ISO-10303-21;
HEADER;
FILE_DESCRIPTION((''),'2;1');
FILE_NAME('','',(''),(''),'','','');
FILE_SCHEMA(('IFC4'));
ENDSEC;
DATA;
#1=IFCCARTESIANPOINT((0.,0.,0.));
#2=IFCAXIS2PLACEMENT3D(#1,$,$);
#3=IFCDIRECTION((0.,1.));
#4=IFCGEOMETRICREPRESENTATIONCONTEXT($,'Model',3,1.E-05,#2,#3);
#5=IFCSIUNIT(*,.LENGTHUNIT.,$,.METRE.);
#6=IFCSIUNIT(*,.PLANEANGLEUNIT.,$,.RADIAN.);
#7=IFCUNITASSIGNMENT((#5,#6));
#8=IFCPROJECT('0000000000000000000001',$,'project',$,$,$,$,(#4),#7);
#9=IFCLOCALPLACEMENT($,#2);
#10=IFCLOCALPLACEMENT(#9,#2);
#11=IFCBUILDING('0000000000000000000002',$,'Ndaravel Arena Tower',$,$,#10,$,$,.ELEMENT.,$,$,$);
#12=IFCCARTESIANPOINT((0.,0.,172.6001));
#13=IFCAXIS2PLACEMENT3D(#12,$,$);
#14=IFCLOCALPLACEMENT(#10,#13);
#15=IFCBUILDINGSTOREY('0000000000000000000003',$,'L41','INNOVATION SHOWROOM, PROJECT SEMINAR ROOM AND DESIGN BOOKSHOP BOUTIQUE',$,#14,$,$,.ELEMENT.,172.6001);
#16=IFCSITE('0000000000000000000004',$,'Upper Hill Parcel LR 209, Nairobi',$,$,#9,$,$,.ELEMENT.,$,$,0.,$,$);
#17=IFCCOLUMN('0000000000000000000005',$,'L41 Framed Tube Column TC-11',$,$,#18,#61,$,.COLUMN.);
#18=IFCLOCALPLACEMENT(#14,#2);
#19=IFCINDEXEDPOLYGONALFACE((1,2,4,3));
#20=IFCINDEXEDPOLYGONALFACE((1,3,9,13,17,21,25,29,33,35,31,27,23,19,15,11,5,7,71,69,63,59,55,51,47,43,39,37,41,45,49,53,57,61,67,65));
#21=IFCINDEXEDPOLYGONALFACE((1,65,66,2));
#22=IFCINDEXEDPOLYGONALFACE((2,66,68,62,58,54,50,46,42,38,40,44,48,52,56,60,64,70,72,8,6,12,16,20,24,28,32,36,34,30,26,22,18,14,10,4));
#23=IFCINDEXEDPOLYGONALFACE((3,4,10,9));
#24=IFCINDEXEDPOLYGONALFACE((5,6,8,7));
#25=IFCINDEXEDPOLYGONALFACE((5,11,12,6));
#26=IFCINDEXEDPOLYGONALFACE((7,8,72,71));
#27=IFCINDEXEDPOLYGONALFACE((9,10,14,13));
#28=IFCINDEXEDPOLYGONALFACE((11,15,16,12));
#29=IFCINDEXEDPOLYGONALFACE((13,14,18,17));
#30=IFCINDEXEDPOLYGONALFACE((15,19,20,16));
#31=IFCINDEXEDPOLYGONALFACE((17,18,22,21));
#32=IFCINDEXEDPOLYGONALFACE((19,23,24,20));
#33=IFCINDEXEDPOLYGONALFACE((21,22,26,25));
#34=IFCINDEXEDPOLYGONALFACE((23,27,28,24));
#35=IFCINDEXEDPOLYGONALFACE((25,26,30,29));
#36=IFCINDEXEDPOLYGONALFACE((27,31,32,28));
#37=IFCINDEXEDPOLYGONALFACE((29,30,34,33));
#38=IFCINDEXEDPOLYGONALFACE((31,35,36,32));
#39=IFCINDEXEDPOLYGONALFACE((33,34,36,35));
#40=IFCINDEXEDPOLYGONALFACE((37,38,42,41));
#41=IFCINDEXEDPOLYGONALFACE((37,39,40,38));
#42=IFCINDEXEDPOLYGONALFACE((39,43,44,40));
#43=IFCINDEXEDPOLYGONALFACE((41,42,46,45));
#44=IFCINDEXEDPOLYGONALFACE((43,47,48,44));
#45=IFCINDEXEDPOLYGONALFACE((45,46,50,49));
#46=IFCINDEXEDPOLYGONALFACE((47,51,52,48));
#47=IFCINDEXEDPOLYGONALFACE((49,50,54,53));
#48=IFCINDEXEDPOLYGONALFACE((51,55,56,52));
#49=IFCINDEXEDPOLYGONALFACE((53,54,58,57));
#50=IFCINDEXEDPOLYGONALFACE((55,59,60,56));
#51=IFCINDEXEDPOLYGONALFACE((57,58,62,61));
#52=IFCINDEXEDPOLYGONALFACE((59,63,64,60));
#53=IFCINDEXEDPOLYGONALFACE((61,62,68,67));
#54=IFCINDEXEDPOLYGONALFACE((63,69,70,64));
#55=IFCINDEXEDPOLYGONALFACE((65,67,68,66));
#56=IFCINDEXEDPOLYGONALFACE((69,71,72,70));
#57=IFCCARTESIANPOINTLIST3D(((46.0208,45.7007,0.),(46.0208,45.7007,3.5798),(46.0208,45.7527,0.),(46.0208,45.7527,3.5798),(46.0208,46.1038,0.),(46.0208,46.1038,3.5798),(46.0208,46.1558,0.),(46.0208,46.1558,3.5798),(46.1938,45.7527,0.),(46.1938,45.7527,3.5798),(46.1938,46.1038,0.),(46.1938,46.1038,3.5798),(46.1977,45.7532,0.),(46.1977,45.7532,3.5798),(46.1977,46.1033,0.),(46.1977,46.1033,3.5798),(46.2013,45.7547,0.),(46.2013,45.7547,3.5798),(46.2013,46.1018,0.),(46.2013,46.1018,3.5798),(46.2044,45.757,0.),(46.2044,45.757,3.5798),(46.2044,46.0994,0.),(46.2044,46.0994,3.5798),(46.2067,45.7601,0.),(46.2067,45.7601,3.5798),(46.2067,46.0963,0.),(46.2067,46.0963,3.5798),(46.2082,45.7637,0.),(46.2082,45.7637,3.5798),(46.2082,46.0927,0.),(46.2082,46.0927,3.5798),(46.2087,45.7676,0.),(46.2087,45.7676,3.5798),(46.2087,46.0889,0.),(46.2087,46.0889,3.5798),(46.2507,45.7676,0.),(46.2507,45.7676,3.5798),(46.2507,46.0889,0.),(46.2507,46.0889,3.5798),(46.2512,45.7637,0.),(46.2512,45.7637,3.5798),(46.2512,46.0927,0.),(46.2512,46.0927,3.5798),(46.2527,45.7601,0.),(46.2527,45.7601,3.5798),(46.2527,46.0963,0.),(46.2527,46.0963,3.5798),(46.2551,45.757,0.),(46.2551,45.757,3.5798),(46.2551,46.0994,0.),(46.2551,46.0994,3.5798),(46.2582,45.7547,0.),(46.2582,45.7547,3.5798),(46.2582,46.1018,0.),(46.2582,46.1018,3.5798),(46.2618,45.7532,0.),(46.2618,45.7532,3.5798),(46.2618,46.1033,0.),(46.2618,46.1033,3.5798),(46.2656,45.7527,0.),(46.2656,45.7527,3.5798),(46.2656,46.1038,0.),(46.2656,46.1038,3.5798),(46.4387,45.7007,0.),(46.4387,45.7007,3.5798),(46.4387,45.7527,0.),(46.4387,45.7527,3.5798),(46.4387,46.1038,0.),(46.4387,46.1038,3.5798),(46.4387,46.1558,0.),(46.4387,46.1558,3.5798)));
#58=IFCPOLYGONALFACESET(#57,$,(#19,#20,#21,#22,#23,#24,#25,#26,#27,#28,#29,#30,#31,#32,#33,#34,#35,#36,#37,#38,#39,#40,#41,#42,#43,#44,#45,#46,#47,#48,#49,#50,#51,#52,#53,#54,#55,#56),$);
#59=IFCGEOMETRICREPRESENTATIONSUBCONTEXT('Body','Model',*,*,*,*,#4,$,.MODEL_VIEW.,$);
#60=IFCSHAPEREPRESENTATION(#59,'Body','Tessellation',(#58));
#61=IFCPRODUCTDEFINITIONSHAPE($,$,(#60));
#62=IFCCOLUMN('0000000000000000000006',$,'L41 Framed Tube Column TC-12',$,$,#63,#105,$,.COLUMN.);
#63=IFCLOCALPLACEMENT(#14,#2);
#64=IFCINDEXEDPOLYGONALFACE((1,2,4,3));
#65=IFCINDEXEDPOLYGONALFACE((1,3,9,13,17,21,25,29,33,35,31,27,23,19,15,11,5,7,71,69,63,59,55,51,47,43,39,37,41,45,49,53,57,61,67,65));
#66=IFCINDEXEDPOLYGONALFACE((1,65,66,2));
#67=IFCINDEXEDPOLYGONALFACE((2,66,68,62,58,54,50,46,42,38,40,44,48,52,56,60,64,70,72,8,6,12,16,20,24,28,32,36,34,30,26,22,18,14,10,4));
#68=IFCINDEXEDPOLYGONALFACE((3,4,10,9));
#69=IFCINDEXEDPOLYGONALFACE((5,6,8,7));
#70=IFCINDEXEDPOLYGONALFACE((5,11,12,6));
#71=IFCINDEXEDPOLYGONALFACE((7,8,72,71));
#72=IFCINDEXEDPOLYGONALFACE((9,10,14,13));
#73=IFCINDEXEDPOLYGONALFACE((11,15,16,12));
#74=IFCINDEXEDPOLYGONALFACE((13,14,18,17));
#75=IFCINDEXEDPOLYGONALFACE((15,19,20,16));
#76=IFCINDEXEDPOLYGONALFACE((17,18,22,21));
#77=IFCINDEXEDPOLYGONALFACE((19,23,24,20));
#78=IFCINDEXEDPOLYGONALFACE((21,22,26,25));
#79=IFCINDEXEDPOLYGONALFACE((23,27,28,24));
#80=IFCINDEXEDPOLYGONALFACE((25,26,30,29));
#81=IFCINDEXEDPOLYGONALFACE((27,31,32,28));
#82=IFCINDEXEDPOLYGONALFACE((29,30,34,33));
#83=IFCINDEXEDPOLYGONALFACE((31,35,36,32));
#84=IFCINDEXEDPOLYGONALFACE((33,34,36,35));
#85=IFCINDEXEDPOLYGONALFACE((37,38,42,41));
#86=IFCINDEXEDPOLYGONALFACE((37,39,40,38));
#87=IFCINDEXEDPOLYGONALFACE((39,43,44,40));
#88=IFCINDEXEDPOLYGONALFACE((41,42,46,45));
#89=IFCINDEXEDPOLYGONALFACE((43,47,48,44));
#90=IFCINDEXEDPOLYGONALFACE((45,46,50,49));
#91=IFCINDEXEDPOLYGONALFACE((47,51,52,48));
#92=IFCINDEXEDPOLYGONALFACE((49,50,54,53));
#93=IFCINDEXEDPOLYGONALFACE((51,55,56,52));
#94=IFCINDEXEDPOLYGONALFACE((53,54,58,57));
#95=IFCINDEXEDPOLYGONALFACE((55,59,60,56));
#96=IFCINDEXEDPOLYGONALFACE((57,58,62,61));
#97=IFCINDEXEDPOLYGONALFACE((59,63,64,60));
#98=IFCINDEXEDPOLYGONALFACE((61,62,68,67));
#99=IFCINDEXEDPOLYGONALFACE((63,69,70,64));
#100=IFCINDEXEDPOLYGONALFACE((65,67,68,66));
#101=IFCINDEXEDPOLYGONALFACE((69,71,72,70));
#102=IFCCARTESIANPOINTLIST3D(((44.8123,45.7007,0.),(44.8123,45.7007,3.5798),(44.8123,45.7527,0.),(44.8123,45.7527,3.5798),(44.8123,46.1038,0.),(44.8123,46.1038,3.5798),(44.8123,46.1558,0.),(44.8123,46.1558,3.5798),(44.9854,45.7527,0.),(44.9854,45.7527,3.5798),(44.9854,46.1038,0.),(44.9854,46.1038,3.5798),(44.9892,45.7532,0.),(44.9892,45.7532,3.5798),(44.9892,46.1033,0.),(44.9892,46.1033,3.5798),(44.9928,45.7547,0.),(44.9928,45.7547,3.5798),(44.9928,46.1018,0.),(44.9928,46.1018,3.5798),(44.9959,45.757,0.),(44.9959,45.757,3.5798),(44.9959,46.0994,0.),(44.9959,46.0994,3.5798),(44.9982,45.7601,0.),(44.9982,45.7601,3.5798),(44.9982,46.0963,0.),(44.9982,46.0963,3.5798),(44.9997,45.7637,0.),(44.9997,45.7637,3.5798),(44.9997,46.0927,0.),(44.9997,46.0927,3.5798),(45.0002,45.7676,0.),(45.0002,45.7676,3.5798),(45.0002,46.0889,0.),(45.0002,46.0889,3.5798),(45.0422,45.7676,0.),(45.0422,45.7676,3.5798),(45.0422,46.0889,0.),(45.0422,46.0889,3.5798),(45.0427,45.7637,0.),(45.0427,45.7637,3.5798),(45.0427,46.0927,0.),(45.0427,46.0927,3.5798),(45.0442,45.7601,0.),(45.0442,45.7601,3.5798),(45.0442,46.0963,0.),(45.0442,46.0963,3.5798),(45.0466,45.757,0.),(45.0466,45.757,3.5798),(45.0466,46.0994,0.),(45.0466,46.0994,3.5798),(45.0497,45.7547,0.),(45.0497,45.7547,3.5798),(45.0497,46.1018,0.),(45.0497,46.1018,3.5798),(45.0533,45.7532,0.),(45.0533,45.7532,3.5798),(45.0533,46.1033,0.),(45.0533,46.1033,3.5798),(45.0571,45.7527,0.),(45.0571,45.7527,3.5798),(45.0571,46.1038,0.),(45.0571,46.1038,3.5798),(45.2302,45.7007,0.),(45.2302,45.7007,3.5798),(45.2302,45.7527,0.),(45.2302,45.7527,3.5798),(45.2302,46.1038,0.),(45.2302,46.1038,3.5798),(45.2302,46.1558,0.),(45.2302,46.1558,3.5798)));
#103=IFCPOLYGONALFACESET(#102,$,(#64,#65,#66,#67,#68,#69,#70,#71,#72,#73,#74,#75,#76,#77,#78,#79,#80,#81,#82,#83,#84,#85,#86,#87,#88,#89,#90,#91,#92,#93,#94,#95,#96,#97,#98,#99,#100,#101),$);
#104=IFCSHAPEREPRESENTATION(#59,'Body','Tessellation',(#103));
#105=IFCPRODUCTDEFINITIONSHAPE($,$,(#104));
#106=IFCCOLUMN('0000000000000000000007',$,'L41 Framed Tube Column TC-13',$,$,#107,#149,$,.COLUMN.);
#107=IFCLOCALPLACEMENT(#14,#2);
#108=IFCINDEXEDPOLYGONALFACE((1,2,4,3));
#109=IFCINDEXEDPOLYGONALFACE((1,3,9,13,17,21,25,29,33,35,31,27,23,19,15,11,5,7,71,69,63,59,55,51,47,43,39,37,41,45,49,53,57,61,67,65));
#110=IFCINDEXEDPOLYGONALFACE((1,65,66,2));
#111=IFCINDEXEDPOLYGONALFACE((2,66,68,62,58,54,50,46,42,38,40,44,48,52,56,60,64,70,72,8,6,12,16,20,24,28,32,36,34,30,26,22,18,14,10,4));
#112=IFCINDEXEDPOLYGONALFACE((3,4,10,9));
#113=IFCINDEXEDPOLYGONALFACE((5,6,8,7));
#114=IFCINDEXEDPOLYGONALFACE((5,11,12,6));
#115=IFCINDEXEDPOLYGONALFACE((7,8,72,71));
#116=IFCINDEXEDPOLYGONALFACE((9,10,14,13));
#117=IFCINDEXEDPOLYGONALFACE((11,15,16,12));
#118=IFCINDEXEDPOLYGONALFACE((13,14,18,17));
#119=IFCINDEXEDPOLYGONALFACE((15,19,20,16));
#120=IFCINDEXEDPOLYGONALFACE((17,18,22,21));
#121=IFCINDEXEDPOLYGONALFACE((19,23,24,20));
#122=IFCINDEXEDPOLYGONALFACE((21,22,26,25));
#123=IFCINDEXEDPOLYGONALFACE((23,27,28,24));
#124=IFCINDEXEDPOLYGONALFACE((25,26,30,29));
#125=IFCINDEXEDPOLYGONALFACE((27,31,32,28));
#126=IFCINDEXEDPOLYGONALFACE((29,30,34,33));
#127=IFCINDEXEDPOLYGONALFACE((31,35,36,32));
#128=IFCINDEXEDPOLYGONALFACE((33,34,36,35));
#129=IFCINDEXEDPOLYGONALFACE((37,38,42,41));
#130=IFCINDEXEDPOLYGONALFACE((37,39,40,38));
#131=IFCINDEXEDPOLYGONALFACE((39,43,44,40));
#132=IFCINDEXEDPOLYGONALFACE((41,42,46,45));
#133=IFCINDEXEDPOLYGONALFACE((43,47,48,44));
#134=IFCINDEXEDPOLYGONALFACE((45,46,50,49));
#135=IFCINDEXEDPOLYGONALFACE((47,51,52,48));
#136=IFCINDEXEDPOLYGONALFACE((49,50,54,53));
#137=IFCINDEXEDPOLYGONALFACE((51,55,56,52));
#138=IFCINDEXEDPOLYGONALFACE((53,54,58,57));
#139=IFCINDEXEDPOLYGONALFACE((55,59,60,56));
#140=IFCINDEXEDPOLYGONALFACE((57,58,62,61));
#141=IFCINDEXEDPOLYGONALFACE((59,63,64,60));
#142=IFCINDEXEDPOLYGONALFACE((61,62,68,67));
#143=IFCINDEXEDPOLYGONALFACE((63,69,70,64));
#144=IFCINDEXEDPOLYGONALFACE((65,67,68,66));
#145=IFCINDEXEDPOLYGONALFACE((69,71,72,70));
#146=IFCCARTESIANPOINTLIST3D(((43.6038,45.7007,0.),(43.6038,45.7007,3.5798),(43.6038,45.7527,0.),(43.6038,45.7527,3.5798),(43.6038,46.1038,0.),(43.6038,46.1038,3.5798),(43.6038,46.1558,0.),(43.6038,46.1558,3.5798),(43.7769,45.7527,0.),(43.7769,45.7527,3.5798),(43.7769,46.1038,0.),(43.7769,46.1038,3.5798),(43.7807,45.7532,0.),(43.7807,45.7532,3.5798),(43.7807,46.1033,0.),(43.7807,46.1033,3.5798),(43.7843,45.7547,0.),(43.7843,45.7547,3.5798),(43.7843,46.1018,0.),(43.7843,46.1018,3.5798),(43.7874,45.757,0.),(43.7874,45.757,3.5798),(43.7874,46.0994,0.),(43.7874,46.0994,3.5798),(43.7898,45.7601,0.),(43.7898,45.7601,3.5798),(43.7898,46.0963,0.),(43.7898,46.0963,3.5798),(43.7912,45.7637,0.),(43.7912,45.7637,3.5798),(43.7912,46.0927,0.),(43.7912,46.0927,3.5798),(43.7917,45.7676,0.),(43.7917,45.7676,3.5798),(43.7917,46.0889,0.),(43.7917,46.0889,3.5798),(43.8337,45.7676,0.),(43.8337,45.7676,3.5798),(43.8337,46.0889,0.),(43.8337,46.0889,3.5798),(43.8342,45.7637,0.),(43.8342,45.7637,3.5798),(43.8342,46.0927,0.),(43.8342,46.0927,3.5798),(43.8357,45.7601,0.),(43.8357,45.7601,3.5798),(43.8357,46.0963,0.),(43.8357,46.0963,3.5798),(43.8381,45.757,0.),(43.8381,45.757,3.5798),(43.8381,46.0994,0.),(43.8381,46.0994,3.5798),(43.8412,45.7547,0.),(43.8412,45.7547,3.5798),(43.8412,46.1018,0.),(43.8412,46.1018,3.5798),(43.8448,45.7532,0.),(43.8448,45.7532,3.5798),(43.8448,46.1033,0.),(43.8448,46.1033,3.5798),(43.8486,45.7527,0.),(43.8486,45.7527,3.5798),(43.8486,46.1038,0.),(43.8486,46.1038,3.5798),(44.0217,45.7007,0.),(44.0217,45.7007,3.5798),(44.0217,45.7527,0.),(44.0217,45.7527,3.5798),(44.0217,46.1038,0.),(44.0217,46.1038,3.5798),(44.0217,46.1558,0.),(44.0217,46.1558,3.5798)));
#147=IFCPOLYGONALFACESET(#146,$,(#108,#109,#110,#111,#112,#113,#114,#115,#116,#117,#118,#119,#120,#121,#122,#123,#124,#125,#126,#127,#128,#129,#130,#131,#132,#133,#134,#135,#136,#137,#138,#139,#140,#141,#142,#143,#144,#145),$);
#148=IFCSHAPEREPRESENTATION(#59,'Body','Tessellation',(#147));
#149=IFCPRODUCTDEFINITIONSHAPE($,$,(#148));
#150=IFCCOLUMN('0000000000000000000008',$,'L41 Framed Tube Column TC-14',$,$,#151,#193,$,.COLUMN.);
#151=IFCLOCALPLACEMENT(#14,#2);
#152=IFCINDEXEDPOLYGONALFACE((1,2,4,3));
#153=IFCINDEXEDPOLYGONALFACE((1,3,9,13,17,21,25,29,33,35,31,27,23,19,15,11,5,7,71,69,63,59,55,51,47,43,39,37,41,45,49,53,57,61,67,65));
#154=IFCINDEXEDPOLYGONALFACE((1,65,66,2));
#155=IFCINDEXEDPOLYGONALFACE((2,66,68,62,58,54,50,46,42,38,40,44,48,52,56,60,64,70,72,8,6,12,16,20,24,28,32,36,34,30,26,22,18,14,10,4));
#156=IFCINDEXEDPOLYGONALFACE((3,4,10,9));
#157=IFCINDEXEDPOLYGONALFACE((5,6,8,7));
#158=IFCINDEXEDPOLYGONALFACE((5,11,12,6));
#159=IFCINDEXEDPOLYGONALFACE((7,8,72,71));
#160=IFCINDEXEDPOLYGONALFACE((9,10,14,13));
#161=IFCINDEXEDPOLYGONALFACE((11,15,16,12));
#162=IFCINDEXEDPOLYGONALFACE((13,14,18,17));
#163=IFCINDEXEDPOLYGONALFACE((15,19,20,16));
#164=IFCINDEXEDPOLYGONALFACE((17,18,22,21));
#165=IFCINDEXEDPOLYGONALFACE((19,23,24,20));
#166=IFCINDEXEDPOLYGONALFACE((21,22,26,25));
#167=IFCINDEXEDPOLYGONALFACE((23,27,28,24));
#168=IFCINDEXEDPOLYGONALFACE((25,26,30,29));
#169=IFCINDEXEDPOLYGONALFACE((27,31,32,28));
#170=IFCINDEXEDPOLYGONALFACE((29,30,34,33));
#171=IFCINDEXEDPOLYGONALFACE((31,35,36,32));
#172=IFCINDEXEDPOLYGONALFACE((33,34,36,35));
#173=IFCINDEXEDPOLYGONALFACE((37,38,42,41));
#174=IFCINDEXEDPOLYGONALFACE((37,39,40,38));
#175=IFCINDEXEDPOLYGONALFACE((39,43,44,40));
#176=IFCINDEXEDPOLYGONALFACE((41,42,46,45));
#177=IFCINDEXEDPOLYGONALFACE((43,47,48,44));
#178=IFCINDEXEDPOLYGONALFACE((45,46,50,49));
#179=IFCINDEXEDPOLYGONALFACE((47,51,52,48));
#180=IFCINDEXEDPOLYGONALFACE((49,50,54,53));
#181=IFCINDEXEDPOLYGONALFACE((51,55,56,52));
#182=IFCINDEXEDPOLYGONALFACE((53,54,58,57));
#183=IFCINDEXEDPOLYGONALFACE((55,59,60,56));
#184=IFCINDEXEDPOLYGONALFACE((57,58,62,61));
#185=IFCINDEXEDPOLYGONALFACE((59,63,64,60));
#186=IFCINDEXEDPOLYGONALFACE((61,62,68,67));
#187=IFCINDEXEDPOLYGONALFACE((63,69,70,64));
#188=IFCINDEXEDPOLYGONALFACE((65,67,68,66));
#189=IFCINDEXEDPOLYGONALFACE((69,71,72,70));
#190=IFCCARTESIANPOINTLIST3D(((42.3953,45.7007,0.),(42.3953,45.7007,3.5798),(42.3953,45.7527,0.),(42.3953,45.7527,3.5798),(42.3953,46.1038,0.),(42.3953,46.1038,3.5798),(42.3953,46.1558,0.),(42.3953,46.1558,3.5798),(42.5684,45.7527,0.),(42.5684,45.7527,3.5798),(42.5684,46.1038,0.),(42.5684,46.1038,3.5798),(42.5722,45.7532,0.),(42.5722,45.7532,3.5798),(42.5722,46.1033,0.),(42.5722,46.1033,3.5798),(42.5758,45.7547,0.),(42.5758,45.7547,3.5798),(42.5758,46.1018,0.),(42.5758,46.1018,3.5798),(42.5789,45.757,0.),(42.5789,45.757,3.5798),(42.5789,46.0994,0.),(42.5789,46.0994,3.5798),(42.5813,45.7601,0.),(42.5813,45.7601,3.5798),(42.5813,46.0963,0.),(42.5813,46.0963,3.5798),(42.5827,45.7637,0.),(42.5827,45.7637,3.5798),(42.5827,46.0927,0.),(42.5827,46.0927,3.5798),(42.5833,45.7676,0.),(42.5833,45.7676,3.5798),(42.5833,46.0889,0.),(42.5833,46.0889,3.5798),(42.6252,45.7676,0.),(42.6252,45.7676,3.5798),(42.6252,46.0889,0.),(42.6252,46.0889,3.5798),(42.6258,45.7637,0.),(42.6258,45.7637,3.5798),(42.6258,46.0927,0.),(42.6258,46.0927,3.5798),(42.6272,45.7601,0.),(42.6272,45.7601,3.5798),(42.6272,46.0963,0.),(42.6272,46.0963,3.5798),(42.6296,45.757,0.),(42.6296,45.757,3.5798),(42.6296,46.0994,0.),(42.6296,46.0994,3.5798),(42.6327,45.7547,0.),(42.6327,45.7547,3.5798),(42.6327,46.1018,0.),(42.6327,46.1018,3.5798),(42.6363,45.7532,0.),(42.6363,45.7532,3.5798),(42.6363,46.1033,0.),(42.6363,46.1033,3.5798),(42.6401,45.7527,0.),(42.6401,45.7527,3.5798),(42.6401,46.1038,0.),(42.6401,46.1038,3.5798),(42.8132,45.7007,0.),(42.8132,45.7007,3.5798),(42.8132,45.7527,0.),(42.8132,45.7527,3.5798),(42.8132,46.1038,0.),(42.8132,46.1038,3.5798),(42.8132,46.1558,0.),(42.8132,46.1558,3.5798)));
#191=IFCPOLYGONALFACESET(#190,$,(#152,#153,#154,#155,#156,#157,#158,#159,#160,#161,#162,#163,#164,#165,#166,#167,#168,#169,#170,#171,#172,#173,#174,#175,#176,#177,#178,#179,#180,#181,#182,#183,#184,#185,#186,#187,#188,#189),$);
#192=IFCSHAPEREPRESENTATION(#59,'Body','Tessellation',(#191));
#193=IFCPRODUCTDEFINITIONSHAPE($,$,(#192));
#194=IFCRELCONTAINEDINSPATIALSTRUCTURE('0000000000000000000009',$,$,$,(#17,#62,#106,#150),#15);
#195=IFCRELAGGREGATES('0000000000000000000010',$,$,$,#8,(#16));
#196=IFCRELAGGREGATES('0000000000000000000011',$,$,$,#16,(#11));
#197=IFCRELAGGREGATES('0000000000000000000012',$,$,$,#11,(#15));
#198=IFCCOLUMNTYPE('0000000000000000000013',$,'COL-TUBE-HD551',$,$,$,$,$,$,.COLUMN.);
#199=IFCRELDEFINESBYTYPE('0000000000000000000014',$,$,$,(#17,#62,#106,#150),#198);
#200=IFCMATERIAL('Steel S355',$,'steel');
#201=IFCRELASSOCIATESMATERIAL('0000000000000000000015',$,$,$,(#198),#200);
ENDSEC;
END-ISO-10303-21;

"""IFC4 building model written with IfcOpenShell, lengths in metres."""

from ifc_helpers import new_model, si_unit, direction, frame, origin, origin_2d, place, context, subcontext, project, spatial, i_section, extrude, material, material_profile, profile_set, type_object, element, save


model = new_model("IFC4")

# Units and contexts
model_context = context("Model", 3, precision=1e-05, world=origin(), true_north=direction((0.0, 1.0)))
body_context = subcontext(model_context, "Body", "Model", "MODEL_VIEW")
ifc_project = project(units=[si_unit("LENGTHUNIT", "METRE"), si_unit("PLANEANGLEUNIT", "RADIAN")], contexts=[model_context])

# Site, building, storey
site_placement = place(None, origin())
site = spatial("IfcSite", under=ifc_project, at=site_placement, Name="Upper Hill Parcel LR 209, Nairobi", CompositionType="ELEMENT", RefElevation=0.0)
building_placement = place(site_placement, origin())
building = spatial("IfcBuilding", under=site, at=building_placement, Name="Ndaravel Arena Tower", CompositionType="ELEMENT")
storey_placement = place(building_placement, frame((0.0, 0.0, 172.6001)))
storey = spatial("IfcBuildingStorey", under=building, at=storey_placement, Name="L41", Description="INNOVATION SHOWROOM, PROJECT SEMINAR ROOM AND DESIGN BOOKSHOP BOUTIQUE", CompositionType="ELEMENT", Elevation=172.6001)

# Columns
ifc_material_1 = material(Name="Steel S355", Category="steel")
ifc_material_profile_1 = material_profile(ifc_material_1, i_section(OverallWidth=0.418, OverallDepth=0.4551, WebThickness=0.042, FlangeThickness=0.052, FilletRadius=0.0149, at=origin_2d()), Name="HD 400x551")
ifc_profile_set_1 = profile_set([ifc_material_profile_1], Name="Steel S355")
column_type = type_object("IfcColumnType", Name="COL-TUBE-HD551", PredefinedType="COLUMN", material=ifc_profile_set_1)
for number, where, z_axis, x_axis, name in (
    (1, (46.2297, 45.9282, 0.0), (0.0, 0.0, 1.0), (1.0, 0.0, 0.0), "L41 Framed Tube Column TC-11"),
    (2, (45.0212, 45.9282, 0.0), (0.0, 0.0, 1.0), (1.0, 0.0, 0.0), "L41 Framed Tube Column TC-12"),
    (3, (43.8127, 45.9282, 0.0), (0.0, 0.0, 1.0), (1.0, 0.0, 0.0), "L41 Framed Tube Column TC-13"),
    (4, (42.6042, 45.9282, 0.0), (0.0, 0.0, 1.0), (1.0, 0.0, 0.0), "L41 Framed Tube Column TC-14"),
):
    element("IfcColumn", number, at=place(storey_placement, frame(where, z_axis=z_axis, x_axis=x_axis)), inside=storey, type_object=column_type, Name=name, PredefinedType="COLUMN", context=body_context, shape_type="SweptSolid", body=[
        extrude(i_section(OverallWidth=0.418, OverallDepth=0.4551, WebThickness=0.042, FlangeThickness=0.052, FilletRadius=0.0149, at=origin_2d()), origin(), (0.0, 0.0, 1.0), 3.5798),
    ])

save(model, "model.ifc")
